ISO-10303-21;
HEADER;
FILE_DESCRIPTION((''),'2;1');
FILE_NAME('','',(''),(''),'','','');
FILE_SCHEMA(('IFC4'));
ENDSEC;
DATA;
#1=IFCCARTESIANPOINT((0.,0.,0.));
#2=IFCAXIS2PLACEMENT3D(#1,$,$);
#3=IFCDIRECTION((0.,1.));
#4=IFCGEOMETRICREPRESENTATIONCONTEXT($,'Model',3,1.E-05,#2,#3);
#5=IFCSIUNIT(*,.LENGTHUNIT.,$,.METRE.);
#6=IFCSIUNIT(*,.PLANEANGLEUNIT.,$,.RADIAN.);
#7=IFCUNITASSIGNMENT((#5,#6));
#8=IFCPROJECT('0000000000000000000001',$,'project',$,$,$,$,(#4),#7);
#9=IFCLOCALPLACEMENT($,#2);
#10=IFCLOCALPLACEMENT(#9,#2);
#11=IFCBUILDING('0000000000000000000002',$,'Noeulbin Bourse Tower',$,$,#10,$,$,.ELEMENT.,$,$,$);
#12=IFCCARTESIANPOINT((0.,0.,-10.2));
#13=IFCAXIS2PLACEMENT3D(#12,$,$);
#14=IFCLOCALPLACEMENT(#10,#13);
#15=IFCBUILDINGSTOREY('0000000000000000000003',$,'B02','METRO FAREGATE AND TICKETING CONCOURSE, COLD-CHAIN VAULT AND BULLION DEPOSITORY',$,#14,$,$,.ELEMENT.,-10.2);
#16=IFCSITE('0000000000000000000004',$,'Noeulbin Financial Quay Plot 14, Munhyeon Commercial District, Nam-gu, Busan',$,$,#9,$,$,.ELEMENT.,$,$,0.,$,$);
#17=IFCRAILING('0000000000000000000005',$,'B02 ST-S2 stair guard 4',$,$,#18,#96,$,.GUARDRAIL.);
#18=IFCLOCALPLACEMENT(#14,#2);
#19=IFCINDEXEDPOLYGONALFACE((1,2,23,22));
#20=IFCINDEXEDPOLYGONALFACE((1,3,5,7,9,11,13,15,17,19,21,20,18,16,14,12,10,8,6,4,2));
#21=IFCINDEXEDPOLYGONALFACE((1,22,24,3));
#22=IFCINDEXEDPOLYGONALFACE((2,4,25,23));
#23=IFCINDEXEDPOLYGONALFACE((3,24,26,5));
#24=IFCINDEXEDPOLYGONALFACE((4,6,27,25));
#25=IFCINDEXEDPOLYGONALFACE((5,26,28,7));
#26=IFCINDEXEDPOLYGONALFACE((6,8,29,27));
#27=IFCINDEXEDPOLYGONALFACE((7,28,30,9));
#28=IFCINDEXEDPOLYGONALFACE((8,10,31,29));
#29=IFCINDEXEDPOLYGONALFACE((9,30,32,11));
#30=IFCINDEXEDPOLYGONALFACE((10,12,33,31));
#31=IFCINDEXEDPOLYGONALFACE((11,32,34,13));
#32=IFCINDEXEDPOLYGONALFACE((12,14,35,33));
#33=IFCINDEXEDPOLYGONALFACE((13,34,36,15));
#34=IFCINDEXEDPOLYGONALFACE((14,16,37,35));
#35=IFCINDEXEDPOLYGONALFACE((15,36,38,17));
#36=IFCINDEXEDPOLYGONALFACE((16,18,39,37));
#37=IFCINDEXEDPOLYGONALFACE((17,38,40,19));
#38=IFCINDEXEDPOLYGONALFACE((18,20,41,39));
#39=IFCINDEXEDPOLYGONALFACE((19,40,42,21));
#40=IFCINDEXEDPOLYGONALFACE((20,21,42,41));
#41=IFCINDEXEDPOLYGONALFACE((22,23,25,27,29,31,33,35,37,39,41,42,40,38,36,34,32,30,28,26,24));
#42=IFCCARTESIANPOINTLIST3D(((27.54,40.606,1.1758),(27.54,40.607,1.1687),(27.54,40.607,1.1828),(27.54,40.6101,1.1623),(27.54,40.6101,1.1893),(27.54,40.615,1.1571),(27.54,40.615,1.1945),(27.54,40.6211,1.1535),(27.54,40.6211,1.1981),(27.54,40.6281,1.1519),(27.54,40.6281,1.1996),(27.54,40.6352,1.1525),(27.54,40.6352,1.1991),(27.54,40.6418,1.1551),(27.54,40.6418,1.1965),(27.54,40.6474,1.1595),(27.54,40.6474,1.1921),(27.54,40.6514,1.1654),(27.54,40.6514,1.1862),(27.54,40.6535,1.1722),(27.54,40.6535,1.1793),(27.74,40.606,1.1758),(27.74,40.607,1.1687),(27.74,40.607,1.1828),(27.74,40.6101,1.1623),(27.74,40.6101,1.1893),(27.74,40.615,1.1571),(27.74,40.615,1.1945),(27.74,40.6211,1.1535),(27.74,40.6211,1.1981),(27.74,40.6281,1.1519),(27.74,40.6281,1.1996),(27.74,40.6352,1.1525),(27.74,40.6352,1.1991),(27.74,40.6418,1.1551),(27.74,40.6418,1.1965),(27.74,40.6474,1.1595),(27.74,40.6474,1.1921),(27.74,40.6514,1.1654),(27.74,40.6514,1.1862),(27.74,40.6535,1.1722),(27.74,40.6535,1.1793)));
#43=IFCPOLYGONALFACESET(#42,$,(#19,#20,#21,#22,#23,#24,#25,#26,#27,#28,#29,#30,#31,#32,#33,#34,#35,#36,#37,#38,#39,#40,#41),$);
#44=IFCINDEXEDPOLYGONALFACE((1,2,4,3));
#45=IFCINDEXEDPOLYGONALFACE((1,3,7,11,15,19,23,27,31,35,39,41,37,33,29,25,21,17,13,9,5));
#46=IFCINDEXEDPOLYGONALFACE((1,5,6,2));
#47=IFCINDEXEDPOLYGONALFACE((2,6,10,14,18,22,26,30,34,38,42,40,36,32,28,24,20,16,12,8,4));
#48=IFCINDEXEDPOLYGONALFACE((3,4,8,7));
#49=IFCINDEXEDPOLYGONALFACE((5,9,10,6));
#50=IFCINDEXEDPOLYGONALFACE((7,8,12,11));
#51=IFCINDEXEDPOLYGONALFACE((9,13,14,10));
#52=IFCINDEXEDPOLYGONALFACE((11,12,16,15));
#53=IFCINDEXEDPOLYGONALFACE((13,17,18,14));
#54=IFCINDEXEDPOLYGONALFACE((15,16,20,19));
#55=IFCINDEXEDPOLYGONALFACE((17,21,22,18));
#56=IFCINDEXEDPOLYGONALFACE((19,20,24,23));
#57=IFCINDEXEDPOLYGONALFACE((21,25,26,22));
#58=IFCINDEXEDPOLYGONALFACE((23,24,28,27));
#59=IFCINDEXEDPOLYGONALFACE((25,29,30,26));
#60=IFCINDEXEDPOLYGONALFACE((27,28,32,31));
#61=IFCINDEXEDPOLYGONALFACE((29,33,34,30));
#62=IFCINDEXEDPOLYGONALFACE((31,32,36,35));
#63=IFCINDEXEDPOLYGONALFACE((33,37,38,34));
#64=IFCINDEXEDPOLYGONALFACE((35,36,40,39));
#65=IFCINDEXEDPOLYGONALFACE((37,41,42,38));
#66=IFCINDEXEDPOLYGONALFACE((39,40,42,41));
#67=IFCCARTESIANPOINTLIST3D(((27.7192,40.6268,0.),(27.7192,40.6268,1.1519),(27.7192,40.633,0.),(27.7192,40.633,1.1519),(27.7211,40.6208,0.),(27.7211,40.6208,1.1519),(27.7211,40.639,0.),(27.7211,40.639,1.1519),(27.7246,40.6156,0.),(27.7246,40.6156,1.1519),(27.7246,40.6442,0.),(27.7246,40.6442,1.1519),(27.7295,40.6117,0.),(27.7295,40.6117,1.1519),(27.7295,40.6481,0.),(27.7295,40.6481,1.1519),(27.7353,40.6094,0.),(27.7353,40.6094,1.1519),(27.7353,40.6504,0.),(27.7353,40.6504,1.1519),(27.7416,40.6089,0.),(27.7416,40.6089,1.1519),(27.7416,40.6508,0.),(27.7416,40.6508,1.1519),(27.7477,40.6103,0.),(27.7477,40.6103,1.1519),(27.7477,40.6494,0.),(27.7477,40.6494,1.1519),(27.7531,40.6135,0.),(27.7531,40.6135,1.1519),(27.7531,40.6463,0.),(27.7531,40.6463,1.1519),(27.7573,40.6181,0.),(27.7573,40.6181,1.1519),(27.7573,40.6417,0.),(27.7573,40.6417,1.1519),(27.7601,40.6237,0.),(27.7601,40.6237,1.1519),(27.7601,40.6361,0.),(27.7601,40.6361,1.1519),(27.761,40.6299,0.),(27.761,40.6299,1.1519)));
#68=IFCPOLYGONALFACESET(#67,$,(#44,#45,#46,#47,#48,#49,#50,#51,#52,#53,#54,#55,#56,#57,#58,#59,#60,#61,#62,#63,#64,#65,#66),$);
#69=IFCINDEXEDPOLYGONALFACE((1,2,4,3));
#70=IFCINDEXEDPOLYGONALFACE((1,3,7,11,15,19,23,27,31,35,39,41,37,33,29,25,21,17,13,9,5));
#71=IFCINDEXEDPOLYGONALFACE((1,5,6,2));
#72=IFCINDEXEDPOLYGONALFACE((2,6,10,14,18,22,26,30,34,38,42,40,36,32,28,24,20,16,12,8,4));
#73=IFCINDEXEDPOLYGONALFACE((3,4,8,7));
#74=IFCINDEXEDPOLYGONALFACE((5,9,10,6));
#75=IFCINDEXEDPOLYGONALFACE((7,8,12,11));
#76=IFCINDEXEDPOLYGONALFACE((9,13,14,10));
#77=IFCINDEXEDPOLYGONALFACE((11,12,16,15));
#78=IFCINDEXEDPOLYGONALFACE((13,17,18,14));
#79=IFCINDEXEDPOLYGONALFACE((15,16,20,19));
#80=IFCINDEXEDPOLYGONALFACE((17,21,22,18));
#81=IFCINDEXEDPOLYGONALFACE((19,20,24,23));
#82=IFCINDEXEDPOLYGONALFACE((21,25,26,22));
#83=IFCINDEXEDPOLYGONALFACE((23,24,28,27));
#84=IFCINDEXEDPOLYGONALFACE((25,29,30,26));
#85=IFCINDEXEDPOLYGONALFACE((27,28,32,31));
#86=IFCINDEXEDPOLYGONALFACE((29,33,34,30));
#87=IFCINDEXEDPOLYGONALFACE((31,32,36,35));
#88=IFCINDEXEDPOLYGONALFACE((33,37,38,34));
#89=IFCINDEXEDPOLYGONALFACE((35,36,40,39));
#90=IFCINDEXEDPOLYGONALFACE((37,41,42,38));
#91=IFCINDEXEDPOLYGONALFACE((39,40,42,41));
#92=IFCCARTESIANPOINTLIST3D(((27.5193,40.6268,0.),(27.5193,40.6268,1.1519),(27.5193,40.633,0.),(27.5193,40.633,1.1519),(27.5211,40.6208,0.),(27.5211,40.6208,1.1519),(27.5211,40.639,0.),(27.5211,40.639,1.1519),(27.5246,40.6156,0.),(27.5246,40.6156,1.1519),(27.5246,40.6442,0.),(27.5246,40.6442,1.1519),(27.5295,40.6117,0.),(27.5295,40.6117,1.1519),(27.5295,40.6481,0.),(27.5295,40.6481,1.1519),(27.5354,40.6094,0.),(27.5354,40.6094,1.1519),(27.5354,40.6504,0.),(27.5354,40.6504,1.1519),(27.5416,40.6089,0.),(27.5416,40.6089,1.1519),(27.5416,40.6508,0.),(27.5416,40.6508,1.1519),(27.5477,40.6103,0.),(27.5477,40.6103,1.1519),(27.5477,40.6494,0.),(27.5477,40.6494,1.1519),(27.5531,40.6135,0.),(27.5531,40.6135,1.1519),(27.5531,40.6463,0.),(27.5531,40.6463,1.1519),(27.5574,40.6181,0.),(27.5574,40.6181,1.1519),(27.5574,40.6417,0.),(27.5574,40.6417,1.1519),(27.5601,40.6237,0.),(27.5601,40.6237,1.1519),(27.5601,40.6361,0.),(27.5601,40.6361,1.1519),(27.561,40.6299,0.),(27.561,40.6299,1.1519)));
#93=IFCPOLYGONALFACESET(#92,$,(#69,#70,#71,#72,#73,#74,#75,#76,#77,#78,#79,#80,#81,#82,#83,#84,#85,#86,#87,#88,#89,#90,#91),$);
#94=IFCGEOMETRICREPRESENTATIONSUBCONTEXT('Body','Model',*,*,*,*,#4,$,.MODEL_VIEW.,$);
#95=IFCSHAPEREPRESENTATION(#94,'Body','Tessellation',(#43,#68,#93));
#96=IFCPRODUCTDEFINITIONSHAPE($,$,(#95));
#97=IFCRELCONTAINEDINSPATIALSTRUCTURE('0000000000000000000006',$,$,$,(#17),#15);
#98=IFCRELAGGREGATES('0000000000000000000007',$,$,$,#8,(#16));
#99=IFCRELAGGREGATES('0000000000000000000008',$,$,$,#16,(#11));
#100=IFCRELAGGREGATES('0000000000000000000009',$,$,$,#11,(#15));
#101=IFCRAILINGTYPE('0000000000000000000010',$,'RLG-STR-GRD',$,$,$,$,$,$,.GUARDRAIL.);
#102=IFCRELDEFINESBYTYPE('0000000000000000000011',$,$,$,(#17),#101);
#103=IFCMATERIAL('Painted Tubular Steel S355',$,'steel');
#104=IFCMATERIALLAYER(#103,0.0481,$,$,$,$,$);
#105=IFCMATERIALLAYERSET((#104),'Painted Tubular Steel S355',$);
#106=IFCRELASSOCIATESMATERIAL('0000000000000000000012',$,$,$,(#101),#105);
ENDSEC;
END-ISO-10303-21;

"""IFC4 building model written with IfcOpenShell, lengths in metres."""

from ifc_helpers import new_model, si_unit, direction, frame, origin, origin_2d, place, context, subcontext, project, spatial, circle, extrude, material, layer, layer_set, type_object, element, save


model = new_model("IFC4")

# Units and contexts
model_context = context("Model", 3, precision=1e-05, world=origin(), true_north=direction((0.0, 1.0)))
body_context = subcontext(model_context, "Body", "Model", "MODEL_VIEW")
ifc_project = project(units=[si_unit("LENGTHUNIT", "METRE"), si_unit("PLANEANGLEUNIT", "RADIAN")], contexts=[model_context])

# Site, building, storey
site_placement = place(None, origin())
site = spatial("IfcSite", under=ifc_project, at=site_placement, Name="Noeulbin Financial Quay Plot 14, Munhyeon Commercial District, Nam-gu, Busan", CompositionType="ELEMENT", RefElevation=0.0)
building_placement = place(site_placement, origin())
building = spatial("IfcBuilding", under=site, at=building_placement, Name="Noeulbin Bourse Tower", CompositionType="ELEMENT")
storey_placement = place(building_placement, frame((0.0, 0.0, -10.2)))
storey = spatial("IfcBuildingStorey", under=building, at=storey_placement, Name="B02", Description="METRO FAREGATE AND TICKETING CONCOURSE, COLD-CHAIN VAULT AND BULLION DEPOSITORY", CompositionType="ELEMENT", Elevation=-10.2)

# Railing
ifc_material_1 = material(Name="Painted Tubular Steel S355", Category="steel")
ifc_layer_1 = layer(ifc_material_1, 0.0481)
ifc_layer_set_1 = layer_set([ifc_layer_1], Name="Painted Tubular Steel S355")
railing_type = type_object("IfcRailingType", Name="RLG-STR-GRD", PredefinedType="GUARDRAIL", material=ifc_layer_set_1)
railing_1_placement = place(storey_placement, frame((27.74, 40.6299, 0.0)))
element("IfcRailing", 1, at=railing_1_placement, inside=storey, type_object=railing_type, Name="B02 ST-S2 stair guard 4", PredefinedType="GUARDRAIL", context=body_context, shape_type="SweptSolid", body=[
    extrude(circle(Radius=0.0239, at=origin_2d()), frame((0.0, 0.0, 1.1758), z_axis=(-1.0, 0.0, 0.0), x_axis=(0.0, -1.0, 0.0)), (0.0, 0.0, 1.0), 0.2),
    extrude(circle(Radius=0.021, at=origin_2d()), origin(), (0.0, 0.0, 1.0), 1.1519),
    extrude(circle(Radius=0.021, at=origin_2d()), frame((-0.2, 0.0, 0.0)), (0.0, 0.0, 1.0), 1.1519),
])

save(model, "model.ifc")
